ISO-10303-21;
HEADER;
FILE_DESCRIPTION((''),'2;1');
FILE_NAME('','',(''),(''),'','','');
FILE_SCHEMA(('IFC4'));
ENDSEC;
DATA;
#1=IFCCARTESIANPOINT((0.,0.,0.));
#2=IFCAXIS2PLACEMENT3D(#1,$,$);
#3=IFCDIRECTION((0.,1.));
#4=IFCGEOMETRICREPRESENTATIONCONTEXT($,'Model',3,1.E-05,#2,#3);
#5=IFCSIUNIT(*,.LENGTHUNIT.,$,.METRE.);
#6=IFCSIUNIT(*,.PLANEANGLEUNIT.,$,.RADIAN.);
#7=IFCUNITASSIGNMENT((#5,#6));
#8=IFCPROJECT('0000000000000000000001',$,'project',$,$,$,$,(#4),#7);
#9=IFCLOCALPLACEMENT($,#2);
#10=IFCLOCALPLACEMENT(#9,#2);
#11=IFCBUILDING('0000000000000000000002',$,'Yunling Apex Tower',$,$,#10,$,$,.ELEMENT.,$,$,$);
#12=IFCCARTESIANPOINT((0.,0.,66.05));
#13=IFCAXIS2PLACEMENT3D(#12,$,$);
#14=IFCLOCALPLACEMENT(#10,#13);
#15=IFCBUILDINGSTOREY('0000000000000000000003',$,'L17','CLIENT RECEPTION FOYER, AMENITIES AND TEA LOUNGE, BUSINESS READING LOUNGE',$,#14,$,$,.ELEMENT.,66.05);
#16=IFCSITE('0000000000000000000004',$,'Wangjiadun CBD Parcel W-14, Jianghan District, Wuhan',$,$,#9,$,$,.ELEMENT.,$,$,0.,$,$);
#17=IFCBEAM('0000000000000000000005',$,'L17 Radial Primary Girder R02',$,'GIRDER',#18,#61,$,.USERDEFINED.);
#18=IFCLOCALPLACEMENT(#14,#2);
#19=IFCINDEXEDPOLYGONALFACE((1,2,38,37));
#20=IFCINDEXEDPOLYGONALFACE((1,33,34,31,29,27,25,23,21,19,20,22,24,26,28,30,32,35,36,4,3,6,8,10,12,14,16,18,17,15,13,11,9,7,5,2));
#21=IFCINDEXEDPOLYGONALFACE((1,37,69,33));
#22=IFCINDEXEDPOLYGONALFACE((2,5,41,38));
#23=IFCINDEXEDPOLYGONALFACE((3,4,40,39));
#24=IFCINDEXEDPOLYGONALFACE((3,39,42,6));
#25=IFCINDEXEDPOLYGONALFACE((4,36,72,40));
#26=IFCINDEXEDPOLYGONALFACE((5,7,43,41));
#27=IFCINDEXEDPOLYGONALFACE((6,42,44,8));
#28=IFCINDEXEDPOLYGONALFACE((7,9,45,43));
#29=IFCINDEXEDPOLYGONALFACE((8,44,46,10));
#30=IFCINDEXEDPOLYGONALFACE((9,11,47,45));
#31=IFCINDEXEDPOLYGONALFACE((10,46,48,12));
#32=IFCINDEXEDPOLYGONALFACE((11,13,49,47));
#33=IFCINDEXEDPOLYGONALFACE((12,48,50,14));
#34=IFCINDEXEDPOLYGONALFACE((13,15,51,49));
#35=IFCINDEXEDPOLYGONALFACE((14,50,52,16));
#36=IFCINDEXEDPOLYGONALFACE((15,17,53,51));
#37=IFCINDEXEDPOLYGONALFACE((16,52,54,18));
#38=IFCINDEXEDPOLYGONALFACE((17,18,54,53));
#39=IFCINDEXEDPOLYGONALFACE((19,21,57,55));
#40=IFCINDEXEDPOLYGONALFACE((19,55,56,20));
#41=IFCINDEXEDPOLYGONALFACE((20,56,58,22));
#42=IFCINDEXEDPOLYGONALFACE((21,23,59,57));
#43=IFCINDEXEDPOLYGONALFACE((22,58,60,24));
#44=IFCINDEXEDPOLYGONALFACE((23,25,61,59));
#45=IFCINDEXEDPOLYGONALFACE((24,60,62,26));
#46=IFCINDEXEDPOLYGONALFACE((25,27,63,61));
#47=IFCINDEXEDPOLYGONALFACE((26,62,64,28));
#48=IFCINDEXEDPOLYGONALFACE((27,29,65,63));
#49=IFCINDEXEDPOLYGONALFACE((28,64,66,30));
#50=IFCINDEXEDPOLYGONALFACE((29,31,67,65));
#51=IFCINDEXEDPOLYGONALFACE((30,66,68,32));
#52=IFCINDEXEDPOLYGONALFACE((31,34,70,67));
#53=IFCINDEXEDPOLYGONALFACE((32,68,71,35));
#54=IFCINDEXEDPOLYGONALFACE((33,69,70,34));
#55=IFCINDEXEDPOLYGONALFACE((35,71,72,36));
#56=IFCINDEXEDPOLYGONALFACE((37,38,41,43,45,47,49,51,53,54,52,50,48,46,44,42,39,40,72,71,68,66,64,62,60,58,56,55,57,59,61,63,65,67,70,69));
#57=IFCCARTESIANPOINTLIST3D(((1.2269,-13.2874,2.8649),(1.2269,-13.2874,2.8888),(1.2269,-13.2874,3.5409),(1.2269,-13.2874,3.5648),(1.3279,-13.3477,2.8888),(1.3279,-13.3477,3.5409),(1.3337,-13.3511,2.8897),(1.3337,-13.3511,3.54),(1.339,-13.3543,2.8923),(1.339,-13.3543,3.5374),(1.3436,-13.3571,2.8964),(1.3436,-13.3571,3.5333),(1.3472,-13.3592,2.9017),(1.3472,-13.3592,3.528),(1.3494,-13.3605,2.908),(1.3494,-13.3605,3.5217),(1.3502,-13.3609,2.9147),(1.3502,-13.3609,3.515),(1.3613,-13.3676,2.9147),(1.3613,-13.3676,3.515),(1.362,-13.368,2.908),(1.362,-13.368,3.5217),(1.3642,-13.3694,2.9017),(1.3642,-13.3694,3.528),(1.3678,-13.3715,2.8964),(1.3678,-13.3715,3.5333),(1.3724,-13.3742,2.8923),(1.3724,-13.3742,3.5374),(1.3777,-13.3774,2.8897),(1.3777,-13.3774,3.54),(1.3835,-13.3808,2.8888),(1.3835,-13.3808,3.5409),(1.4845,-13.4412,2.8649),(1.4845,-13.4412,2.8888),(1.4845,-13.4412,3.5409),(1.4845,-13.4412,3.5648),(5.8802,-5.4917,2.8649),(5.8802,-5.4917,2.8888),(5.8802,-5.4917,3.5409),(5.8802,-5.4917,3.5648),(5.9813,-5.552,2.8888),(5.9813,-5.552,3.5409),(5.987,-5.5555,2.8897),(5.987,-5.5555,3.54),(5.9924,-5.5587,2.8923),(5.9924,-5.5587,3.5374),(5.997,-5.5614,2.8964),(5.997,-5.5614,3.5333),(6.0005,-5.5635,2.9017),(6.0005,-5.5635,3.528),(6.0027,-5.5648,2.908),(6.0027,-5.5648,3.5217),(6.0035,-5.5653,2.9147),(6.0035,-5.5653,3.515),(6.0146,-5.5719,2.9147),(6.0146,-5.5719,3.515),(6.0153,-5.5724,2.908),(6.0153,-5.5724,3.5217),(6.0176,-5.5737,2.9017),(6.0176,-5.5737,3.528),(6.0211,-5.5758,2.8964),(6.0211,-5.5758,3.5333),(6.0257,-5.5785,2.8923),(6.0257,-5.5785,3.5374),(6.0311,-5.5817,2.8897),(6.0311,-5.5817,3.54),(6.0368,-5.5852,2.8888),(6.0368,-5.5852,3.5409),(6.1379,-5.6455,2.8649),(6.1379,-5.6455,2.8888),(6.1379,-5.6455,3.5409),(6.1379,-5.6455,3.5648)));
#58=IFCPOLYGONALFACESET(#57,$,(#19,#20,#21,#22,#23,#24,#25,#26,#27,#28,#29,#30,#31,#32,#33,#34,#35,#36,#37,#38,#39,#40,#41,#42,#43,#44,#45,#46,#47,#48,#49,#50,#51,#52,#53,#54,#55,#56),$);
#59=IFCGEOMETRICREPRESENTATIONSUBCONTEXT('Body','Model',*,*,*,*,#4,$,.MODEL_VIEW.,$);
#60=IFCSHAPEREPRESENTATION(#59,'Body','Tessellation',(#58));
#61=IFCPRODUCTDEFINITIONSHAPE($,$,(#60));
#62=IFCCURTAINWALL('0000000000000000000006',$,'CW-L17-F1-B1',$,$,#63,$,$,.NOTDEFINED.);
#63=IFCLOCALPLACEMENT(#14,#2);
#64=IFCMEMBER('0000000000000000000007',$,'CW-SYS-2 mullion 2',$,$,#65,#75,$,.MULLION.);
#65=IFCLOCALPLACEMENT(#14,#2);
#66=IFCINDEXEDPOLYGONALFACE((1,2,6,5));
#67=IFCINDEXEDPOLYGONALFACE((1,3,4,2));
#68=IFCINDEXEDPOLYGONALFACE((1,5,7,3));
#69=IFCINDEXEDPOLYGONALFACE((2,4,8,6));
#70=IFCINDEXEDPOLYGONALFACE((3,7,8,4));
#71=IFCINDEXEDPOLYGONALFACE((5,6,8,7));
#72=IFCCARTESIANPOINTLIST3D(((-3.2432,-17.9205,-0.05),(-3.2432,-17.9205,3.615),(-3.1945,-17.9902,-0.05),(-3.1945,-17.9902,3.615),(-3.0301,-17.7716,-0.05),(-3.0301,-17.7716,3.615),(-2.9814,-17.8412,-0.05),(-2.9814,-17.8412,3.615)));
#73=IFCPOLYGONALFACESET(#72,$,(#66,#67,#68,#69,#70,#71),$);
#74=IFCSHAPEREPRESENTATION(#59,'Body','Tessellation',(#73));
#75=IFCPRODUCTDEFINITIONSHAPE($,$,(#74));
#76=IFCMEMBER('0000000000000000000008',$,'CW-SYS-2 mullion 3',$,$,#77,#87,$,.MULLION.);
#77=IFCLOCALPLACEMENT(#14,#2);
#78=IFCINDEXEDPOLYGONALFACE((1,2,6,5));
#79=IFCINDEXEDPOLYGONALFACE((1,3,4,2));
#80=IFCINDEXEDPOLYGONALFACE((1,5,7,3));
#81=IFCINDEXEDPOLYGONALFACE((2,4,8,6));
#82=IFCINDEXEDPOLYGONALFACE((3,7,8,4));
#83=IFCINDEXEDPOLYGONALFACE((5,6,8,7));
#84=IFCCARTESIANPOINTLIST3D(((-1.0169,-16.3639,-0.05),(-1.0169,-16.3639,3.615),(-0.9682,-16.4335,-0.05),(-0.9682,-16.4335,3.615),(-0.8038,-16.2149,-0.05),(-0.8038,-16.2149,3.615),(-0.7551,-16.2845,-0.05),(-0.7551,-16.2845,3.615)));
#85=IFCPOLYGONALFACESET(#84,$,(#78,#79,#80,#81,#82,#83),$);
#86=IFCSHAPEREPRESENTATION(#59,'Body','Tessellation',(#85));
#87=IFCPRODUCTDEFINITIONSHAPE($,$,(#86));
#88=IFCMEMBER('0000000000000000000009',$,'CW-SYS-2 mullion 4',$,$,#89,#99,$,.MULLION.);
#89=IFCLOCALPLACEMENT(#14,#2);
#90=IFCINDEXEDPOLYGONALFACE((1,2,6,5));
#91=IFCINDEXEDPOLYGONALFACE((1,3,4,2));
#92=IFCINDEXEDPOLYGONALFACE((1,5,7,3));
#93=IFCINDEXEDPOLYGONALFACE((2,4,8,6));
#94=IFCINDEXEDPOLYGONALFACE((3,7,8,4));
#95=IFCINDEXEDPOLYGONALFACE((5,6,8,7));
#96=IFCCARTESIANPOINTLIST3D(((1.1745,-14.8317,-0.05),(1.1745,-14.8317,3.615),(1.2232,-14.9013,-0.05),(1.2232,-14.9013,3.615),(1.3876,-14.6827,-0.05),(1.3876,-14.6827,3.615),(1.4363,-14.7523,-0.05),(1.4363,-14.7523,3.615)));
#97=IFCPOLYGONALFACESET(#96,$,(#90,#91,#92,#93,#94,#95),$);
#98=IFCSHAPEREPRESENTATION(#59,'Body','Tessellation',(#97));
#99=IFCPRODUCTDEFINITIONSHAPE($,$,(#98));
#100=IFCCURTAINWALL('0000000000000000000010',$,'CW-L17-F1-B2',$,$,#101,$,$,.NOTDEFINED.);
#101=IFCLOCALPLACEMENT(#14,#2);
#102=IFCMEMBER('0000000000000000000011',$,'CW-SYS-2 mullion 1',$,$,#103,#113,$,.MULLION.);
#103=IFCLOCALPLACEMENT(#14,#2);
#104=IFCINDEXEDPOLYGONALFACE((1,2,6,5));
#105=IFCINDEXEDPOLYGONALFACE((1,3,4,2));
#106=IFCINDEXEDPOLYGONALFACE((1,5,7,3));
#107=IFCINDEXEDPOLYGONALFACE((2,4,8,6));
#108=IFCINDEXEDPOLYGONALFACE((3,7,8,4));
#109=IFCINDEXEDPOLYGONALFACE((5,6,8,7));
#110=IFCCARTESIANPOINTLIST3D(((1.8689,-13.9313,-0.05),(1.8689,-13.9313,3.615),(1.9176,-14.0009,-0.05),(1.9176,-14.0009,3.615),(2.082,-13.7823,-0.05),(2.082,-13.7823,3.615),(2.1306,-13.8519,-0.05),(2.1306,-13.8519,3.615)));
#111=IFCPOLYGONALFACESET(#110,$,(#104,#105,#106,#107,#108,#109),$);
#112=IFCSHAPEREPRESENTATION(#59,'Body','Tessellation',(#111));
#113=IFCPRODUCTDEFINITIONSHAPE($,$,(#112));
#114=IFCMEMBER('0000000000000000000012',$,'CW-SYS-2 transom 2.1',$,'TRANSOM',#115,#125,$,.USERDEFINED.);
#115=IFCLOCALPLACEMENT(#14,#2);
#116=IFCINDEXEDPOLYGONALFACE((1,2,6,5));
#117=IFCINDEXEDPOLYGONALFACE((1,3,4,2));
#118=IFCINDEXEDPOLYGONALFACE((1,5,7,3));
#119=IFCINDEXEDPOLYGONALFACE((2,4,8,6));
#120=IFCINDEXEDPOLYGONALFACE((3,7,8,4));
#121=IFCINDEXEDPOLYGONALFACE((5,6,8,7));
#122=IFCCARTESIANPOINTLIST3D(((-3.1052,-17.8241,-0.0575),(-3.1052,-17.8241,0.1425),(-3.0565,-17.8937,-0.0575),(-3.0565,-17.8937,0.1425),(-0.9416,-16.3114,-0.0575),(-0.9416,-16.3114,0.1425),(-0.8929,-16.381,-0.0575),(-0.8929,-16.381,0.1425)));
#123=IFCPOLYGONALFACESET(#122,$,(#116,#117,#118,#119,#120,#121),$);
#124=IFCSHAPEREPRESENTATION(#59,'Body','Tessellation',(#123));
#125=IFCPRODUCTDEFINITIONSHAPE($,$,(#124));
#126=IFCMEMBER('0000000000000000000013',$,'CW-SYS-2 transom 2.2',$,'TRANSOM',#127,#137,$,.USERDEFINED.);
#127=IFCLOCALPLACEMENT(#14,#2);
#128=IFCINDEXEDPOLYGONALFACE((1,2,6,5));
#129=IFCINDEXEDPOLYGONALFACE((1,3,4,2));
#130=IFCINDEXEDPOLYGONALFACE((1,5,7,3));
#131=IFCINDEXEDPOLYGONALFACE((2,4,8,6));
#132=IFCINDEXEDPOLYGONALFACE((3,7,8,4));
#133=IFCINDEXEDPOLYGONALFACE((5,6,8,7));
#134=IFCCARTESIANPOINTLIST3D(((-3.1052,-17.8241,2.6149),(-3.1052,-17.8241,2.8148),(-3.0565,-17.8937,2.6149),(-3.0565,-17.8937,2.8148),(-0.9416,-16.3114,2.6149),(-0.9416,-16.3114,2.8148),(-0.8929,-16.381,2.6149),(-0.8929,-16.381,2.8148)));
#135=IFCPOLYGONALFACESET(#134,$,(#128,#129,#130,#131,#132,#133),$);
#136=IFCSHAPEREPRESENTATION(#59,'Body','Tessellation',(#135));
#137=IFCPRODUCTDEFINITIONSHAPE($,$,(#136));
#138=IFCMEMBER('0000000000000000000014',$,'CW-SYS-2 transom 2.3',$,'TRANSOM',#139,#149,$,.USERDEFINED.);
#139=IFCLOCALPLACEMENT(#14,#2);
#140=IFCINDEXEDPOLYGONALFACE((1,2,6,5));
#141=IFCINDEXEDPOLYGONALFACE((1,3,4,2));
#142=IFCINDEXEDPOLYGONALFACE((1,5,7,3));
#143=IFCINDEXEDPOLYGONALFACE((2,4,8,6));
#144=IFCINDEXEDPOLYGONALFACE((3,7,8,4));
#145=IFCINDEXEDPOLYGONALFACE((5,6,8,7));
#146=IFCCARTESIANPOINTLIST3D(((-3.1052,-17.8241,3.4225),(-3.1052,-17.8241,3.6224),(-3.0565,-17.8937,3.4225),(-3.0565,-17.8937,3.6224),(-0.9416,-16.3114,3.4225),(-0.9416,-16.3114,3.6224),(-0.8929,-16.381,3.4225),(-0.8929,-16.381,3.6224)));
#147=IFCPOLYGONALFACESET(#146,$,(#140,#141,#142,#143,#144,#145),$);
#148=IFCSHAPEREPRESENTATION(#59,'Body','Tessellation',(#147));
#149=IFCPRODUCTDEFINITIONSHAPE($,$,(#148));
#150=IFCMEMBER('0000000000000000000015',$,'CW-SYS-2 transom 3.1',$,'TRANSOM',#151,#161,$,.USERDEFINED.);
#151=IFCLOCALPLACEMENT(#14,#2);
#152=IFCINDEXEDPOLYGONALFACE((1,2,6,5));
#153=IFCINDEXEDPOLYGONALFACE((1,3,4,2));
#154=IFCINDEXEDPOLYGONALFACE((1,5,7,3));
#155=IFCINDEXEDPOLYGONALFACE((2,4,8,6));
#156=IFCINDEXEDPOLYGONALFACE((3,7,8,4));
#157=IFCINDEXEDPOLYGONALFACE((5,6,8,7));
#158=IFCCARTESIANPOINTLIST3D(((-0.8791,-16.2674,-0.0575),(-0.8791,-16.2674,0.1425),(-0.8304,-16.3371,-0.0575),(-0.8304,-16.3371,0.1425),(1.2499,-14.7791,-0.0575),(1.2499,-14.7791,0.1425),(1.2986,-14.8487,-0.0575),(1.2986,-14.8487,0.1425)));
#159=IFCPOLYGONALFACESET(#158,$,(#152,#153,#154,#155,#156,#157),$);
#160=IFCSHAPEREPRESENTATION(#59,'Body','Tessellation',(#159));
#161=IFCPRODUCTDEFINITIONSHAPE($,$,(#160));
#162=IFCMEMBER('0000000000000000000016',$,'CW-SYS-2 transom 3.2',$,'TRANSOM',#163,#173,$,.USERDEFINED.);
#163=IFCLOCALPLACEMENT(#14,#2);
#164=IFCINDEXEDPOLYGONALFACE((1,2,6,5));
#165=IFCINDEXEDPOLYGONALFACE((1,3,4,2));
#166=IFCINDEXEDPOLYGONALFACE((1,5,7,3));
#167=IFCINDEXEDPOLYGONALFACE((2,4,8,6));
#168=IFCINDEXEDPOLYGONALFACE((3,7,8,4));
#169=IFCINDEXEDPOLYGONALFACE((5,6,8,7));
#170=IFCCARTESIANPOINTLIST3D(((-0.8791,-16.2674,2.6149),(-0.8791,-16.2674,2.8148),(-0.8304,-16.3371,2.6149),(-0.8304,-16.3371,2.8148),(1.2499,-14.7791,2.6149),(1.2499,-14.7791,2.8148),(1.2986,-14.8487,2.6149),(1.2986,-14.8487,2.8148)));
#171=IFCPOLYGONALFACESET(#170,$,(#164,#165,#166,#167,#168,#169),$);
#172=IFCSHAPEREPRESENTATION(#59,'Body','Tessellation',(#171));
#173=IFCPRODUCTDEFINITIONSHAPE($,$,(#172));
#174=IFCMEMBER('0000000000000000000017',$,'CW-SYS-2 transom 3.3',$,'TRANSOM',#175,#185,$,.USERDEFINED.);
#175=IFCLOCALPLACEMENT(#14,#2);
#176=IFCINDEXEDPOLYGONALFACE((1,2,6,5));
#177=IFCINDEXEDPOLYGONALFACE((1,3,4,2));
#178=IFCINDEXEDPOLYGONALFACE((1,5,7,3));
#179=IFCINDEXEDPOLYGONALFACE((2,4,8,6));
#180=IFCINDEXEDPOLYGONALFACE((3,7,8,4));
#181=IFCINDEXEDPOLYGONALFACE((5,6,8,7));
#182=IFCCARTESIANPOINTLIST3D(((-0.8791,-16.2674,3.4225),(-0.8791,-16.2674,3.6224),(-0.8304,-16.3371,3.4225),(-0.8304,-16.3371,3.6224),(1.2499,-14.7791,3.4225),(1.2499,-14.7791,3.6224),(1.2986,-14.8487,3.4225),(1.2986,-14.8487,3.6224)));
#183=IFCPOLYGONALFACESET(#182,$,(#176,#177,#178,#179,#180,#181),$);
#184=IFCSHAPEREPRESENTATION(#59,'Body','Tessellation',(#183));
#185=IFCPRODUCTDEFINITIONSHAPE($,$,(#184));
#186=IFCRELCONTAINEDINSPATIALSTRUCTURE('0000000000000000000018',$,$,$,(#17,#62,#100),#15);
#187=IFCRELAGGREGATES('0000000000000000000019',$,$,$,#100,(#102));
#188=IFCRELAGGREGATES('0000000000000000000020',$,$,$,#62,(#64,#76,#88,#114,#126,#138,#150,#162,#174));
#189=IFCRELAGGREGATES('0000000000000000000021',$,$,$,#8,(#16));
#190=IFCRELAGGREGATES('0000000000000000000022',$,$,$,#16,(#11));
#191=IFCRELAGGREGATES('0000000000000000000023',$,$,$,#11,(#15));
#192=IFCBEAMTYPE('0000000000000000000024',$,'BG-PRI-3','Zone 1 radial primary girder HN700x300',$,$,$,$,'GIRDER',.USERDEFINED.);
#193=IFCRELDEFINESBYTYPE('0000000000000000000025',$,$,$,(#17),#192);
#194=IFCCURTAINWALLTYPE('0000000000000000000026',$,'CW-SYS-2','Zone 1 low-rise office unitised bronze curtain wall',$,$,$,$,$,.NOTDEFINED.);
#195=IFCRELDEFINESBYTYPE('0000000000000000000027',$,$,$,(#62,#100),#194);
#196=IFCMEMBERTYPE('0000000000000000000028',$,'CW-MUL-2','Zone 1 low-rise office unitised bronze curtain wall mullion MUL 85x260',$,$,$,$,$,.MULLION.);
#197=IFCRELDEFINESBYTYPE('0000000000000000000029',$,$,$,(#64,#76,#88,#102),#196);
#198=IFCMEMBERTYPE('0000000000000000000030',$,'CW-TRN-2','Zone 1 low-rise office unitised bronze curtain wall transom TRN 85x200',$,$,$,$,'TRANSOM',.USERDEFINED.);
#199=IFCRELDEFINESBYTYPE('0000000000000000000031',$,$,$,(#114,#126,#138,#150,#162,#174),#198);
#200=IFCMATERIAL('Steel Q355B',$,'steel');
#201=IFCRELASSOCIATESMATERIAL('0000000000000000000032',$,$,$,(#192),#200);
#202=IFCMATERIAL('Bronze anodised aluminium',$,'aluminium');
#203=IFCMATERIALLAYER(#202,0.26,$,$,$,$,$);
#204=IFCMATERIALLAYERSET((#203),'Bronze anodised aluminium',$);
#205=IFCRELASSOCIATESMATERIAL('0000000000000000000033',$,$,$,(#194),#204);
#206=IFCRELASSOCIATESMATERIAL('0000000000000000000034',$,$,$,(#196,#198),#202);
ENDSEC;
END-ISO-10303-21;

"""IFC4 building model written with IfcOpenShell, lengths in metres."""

from ifc_helpers import new_model, si_unit, direction, frame, origin, origin_2d, place, context, subcontext, project, spatial, rectangle, i_section, extrude, source, transform, mapped, material, layer, layer_set, material_profile, profile_set, type_object, element, aggregate, save


model = new_model("IFC4")

# Units and contexts
model_context = context("Model", 3, precision=1e-05, world=origin(), true_north=direction((0.0, 1.0)))
body_context = subcontext(model_context, "Body", "Model", "MODEL_VIEW")
ifc_project = project(units=[si_unit("LENGTHUNIT", "METRE"), si_unit("PLANEANGLEUNIT", "RADIAN")], contexts=[model_context])

# Site, building, storey
site_placement = place(None, origin())
site = spatial("IfcSite", under=ifc_project, at=site_placement, Name="Wangjiadun CBD Parcel W-14, Jianghan District, Wuhan", CompositionType="ELEMENT", RefElevation=0.0)
building_placement = place(site_placement, origin())
building = spatial("IfcBuilding", under=site, at=building_placement, Name="Yunling Apex Tower", CompositionType="ELEMENT")
storey_placement = place(building_placement, frame((0.0, 0.0, 66.05)))
storey = spatial("IfcBuildingStorey", under=building, at=storey_placement, Name="L17", Description="CLIENT RECEPTION FOYER, AMENITIES AND TEA LOUNGE, BUSINESS READING LOUNGE", CompositionType="ELEMENT", Elevation=66.05)

# Beam
ifc_material_1 = material(Name="Steel Q355B", Category="steel")
ifc_material_profile_1 = material_profile(ifc_material_1, i_section(OverallWidth=0.3, OverallDepth=0.7, WebThickness=0.0129, FlangeThickness=0.0239, FilletRadius=0.0259, at=origin_2d()))
ifc_profile_set_1 = profile_set([ifc_material_profile_1], Name="Steel Q355B")
beam_type_1 = type_object("IfcBeamType", Name="BG-PRI-3", Description="Zone 1 radial primary girder HN700x300", ElementType="GIRDER", PredefinedType="USERDEFINED", material=ifc_profile_set_1)
shared_shape_1 = source(origin(), body_context, "Body", "SweptSolid", [
    extrude(i_section(OverallWidth=0.3, OverallDepth=0.7, WebThickness=0.0129, FlangeThickness=0.0239, FilletRadius=0.0259, at=origin_2d()), origin(), (0.0, 0.0, 1.0), 9.0789),
])
beam_1_placement = place(storey_placement, frame((1.3557, -13.3643, 3.2148), z_axis=(0.512545, 0.85866, 0.0), x_axis=(-0.85866, 0.512545, 0.0)))
element("IfcBeam", 1, at=beam_1_placement, inside=storey, type_object=beam_type_1, Name="L17 Radial Primary Girder R02", ObjectType="GIRDER", PredefinedType="USERDEFINED", context=body_context, shape_type="MappedRepresentation", body=[
    mapped(shared_shape_1, transform((0.0, 0.0, 0.0), scale=1.0)),
])

# Curtain wall, members
ifc_material_2 = material(Name="Bronze anodised aluminium", Category="aluminium")
ifc_layer_1 = layer(ifc_material_2, 0.26)
ifc_layer_set_1 = layer_set([ifc_layer_1], Name="Bronze anodised aluminium")
curtain_wall_type = type_object("IfcCurtainWallType", Name="CW-SYS-2", Description="Zone 1 low-rise office unitised bronze curtain wall", PredefinedType="NOTDEFINED", material=ifc_layer_set_1)
curtain_wall_1_placement = place(storey_placement, origin())
curtain_wall_1 = element("IfcCurtainWall", 2, at=curtain_wall_1_placement, inside=storey, type_object=curtain_wall_type, Name="CW-L17-F1-B1", PredefinedType="NOTDEFINED")
ifc_material_profile_2 = material_profile(ifc_material_2, rectangle(XDim=0.085, YDim=0.26, at=origin_2d()))
ifc_profile_set_2 = profile_set([ifc_material_profile_2], Name="Bronze anodised aluminium")
member_type_1 = type_object("IfcMemberType", Name="CW-MUL-2", Description="Zone 1 low-rise office unitised bronze curtain wall mullion MUL 85x260", PredefinedType="MULLION", material=ifc_profile_set_2)
shared_shape_2 = source(origin(), body_context, "Body", "SweptSolid", [
    extrude(rectangle(XDim=0.085, YDim=0.26, at=origin_2d()), origin(), (0.0, 0.0, 1.0), 3.665),
])
member_1_placement = place(storey_placement, frame((-3.1123, -17.8809, -0.05), z_axis=(0.0, 0.0, 1.0), x_axis=(-0.573004, 0.819552, 0.0)))
member_1 = element("IfcMember", 3, at=member_1_placement, type_object=member_type_1, Name="CW-SYS-2 mullion 2", PredefinedType="MULLION", context=body_context, shape_type="MappedRepresentation", body=[
    mapped(shared_shape_2, transform((0.0, 0.0, 0.0), scale=1.0)),
])
member_2_placement = place(storey_placement, frame((-0.886, -16.3242, -0.05), z_axis=(0.0, 0.0, 1.0), x_axis=(-0.573004, 0.819552, 0.0)))
member_2 = element("IfcMember", 4, at=member_2_placement, type_object=member_type_1, Name="CW-SYS-2 mullion 3", PredefinedType="MULLION", context=body_context, shape_type="MappedRepresentation", body=[
    mapped(shared_shape_2, transform((0.0, 0.0, 0.0), scale=1.0)),
])
member_3_placement = place(storey_placement, frame((1.3054, -14.792, -0.05), z_axis=(0.0, 0.0, 1.0), x_axis=(-0.573004, 0.819552, 0.0)))
member_3 = element("IfcMember", 5, at=member_3_placement, type_object=member_type_1, Name="CW-SYS-2 mullion 4", PredefinedType="MULLION", context=body_context, shape_type="MappedRepresentation", body=[
    mapped(shared_shape_2, transform((0.0, 0.0, 0.0), scale=1.0)),
])

# Curtain wall, member
curtain_wall_2_placement = place(storey_placement, origin())
curtain_wall_2 = element("IfcCurtainWall", 6, at=curtain_wall_2_placement, inside=storey, type_object=curtain_wall_type, Name="CW-L17-F1-B2", PredefinedType="NOTDEFINED")
member_4_placement = place(storey_placement, frame((1.9998, -13.8916, -0.05), z_axis=(0.0, 0.0, 1.0), x_axis=(-0.573003, 0.819553, 0.0)))
member_4 = element("IfcMember", 7, at=member_4_placement, type_object=member_type_1, Name="CW-SYS-2 mullion 1", PredefinedType="MULLION", context=body_context, shape_type="MappedRepresentation", body=[
    mapped(shared_shape_2, transform((0.0, 0.0, 0.0), scale=1.0)),
])

# Members
ifc_material_profile_3 = material_profile(ifc_material_2, rectangle(XDim=0.085, YDim=0.2, at=origin_2d()))
ifc_profile_set_3 = profile_set([ifc_material_profile_3], Name="Bronze anodised aluminium")
member_type_2 = type_object("IfcMemberType", Name="CW-TRN-2", Description="Zone 1 low-rise office unitised bronze curtain wall transom TRN 85x200", ElementType="TRANSOM", PredefinedType="USERDEFINED", material=ifc_profile_set_3)
shared_shape_3 = source(origin(), body_context, "Body", "SweptSolid", [
    extrude(rectangle(XDim=0.085, YDim=0.2, at=origin_2d()), origin(), (0.0, 0.0, 1.0), 2.6399),
])
member_5_placement = place(storey_placement, frame((-3.0808, -17.8589, 0.0425), z_axis=(0.819553, 0.573003, 0.0), x_axis=(-0.573003, 0.819553, 0.0)))
member_5 = element("IfcMember", 8, at=member_5_placement, type_object=member_type_2, Name="CW-SYS-2 transom 2.1", ObjectType="TRANSOM", PredefinedType="USERDEFINED", context=body_context, shape_type="MappedRepresentation", body=[
    mapped(shared_shape_3, transform((0.0, 0.0, 0.0), scale=1.0)),
])
member_6_placement = place(storey_placement, frame((-3.0808, -17.8589, 2.7148), z_axis=(0.819553, 0.573003, 0.0), x_axis=(-0.573003, 0.819553, 0.0)))
member_6 = element("IfcMember", 9, at=member_6_placement, type_object=member_type_2, Name="CW-SYS-2 transom 2.2", ObjectType="TRANSOM", PredefinedType="USERDEFINED", context=body_context, shape_type="MappedRepresentation", body=[
    mapped(shared_shape_3, transform((0.0, 0.0, 0.0), scale=1.0)),
])
member_7_placement = place(storey_placement, frame((-3.0808, -17.8589, 3.5225), z_axis=(0.819553, 0.573003, 0.0), x_axis=(-0.573003, 0.819553, 0.0)))
member_7 = element("IfcMember", 10, at=member_7_placement, type_object=member_type_2, Name="CW-SYS-2 transom 2.3", ObjectType="TRANSOM", PredefinedType="USERDEFINED", context=body_context, shape_type="MappedRepresentation", body=[
    mapped(shared_shape_3, transform((0.0, 0.0, 0.0), scale=1.0)),
])
shared_shape_4 = source(origin(), body_context, "Body", "SweptSolid", [
    extrude(rectangle(XDim=0.085, YDim=0.2, at=origin_2d()), origin(), (0.0, 0.0, 1.0), 2.5977),
])
member_8_placement = place(storey_placement, frame((-0.8547, -16.3022, 0.0425), z_axis=(0.819585, 0.572958, 0.0), x_axis=(-0.572958, 0.819585, 0.0)))
member_8 = element("IfcMember", 11, at=member_8_placement, type_object=member_type_2, Name="CW-SYS-2 transom 3.1", ObjectType="TRANSOM", PredefinedType="USERDEFINED", context=body_context, shape_type="MappedRepresentation", body=[
    mapped(shared_shape_4, transform((0.0, 0.0, 0.0), scale=1.0)),
])
member_9_placement = place(storey_placement, frame((-0.8547, -16.3022, 2.7148), z_axis=(0.819585, 0.572958, 0.0), x_axis=(-0.572958, 0.819585, 0.0)))
member_9 = element("IfcMember", 12, at=member_9_placement, type_object=member_type_2, Name="CW-SYS-2 transom 3.2", ObjectType="TRANSOM", PredefinedType="USERDEFINED", context=body_context, shape_type="MappedRepresentation", body=[
    mapped(shared_shape_4, transform((0.0, 0.0, 0.0), scale=1.0)),
])
member_10_placement = place(storey_placement, frame((-0.8547, -16.3022, 3.5225), z_axis=(0.819585, 0.572958, 0.0), x_axis=(-0.572958, 0.819585, 0.0)))
member_10 = element("IfcMember", 13, at=member_10_placement, type_object=member_type_2, Name="CW-SYS-2 transom 3.3", ObjectType="TRANSOM", PredefinedType="USERDEFINED", context=body_context, shape_type="MappedRepresentation", body=[
    mapped(shared_shape_4, transform((0.0, 0.0, 0.0), scale=1.0)),
])
aggregate(curtain_wall_2, [member_4])

aggregate(curtain_wall_1, [member_1, member_2, member_3, member_5, member_6, member_7, member_8, member_9, member_10])

save(model, "model.ifc")
